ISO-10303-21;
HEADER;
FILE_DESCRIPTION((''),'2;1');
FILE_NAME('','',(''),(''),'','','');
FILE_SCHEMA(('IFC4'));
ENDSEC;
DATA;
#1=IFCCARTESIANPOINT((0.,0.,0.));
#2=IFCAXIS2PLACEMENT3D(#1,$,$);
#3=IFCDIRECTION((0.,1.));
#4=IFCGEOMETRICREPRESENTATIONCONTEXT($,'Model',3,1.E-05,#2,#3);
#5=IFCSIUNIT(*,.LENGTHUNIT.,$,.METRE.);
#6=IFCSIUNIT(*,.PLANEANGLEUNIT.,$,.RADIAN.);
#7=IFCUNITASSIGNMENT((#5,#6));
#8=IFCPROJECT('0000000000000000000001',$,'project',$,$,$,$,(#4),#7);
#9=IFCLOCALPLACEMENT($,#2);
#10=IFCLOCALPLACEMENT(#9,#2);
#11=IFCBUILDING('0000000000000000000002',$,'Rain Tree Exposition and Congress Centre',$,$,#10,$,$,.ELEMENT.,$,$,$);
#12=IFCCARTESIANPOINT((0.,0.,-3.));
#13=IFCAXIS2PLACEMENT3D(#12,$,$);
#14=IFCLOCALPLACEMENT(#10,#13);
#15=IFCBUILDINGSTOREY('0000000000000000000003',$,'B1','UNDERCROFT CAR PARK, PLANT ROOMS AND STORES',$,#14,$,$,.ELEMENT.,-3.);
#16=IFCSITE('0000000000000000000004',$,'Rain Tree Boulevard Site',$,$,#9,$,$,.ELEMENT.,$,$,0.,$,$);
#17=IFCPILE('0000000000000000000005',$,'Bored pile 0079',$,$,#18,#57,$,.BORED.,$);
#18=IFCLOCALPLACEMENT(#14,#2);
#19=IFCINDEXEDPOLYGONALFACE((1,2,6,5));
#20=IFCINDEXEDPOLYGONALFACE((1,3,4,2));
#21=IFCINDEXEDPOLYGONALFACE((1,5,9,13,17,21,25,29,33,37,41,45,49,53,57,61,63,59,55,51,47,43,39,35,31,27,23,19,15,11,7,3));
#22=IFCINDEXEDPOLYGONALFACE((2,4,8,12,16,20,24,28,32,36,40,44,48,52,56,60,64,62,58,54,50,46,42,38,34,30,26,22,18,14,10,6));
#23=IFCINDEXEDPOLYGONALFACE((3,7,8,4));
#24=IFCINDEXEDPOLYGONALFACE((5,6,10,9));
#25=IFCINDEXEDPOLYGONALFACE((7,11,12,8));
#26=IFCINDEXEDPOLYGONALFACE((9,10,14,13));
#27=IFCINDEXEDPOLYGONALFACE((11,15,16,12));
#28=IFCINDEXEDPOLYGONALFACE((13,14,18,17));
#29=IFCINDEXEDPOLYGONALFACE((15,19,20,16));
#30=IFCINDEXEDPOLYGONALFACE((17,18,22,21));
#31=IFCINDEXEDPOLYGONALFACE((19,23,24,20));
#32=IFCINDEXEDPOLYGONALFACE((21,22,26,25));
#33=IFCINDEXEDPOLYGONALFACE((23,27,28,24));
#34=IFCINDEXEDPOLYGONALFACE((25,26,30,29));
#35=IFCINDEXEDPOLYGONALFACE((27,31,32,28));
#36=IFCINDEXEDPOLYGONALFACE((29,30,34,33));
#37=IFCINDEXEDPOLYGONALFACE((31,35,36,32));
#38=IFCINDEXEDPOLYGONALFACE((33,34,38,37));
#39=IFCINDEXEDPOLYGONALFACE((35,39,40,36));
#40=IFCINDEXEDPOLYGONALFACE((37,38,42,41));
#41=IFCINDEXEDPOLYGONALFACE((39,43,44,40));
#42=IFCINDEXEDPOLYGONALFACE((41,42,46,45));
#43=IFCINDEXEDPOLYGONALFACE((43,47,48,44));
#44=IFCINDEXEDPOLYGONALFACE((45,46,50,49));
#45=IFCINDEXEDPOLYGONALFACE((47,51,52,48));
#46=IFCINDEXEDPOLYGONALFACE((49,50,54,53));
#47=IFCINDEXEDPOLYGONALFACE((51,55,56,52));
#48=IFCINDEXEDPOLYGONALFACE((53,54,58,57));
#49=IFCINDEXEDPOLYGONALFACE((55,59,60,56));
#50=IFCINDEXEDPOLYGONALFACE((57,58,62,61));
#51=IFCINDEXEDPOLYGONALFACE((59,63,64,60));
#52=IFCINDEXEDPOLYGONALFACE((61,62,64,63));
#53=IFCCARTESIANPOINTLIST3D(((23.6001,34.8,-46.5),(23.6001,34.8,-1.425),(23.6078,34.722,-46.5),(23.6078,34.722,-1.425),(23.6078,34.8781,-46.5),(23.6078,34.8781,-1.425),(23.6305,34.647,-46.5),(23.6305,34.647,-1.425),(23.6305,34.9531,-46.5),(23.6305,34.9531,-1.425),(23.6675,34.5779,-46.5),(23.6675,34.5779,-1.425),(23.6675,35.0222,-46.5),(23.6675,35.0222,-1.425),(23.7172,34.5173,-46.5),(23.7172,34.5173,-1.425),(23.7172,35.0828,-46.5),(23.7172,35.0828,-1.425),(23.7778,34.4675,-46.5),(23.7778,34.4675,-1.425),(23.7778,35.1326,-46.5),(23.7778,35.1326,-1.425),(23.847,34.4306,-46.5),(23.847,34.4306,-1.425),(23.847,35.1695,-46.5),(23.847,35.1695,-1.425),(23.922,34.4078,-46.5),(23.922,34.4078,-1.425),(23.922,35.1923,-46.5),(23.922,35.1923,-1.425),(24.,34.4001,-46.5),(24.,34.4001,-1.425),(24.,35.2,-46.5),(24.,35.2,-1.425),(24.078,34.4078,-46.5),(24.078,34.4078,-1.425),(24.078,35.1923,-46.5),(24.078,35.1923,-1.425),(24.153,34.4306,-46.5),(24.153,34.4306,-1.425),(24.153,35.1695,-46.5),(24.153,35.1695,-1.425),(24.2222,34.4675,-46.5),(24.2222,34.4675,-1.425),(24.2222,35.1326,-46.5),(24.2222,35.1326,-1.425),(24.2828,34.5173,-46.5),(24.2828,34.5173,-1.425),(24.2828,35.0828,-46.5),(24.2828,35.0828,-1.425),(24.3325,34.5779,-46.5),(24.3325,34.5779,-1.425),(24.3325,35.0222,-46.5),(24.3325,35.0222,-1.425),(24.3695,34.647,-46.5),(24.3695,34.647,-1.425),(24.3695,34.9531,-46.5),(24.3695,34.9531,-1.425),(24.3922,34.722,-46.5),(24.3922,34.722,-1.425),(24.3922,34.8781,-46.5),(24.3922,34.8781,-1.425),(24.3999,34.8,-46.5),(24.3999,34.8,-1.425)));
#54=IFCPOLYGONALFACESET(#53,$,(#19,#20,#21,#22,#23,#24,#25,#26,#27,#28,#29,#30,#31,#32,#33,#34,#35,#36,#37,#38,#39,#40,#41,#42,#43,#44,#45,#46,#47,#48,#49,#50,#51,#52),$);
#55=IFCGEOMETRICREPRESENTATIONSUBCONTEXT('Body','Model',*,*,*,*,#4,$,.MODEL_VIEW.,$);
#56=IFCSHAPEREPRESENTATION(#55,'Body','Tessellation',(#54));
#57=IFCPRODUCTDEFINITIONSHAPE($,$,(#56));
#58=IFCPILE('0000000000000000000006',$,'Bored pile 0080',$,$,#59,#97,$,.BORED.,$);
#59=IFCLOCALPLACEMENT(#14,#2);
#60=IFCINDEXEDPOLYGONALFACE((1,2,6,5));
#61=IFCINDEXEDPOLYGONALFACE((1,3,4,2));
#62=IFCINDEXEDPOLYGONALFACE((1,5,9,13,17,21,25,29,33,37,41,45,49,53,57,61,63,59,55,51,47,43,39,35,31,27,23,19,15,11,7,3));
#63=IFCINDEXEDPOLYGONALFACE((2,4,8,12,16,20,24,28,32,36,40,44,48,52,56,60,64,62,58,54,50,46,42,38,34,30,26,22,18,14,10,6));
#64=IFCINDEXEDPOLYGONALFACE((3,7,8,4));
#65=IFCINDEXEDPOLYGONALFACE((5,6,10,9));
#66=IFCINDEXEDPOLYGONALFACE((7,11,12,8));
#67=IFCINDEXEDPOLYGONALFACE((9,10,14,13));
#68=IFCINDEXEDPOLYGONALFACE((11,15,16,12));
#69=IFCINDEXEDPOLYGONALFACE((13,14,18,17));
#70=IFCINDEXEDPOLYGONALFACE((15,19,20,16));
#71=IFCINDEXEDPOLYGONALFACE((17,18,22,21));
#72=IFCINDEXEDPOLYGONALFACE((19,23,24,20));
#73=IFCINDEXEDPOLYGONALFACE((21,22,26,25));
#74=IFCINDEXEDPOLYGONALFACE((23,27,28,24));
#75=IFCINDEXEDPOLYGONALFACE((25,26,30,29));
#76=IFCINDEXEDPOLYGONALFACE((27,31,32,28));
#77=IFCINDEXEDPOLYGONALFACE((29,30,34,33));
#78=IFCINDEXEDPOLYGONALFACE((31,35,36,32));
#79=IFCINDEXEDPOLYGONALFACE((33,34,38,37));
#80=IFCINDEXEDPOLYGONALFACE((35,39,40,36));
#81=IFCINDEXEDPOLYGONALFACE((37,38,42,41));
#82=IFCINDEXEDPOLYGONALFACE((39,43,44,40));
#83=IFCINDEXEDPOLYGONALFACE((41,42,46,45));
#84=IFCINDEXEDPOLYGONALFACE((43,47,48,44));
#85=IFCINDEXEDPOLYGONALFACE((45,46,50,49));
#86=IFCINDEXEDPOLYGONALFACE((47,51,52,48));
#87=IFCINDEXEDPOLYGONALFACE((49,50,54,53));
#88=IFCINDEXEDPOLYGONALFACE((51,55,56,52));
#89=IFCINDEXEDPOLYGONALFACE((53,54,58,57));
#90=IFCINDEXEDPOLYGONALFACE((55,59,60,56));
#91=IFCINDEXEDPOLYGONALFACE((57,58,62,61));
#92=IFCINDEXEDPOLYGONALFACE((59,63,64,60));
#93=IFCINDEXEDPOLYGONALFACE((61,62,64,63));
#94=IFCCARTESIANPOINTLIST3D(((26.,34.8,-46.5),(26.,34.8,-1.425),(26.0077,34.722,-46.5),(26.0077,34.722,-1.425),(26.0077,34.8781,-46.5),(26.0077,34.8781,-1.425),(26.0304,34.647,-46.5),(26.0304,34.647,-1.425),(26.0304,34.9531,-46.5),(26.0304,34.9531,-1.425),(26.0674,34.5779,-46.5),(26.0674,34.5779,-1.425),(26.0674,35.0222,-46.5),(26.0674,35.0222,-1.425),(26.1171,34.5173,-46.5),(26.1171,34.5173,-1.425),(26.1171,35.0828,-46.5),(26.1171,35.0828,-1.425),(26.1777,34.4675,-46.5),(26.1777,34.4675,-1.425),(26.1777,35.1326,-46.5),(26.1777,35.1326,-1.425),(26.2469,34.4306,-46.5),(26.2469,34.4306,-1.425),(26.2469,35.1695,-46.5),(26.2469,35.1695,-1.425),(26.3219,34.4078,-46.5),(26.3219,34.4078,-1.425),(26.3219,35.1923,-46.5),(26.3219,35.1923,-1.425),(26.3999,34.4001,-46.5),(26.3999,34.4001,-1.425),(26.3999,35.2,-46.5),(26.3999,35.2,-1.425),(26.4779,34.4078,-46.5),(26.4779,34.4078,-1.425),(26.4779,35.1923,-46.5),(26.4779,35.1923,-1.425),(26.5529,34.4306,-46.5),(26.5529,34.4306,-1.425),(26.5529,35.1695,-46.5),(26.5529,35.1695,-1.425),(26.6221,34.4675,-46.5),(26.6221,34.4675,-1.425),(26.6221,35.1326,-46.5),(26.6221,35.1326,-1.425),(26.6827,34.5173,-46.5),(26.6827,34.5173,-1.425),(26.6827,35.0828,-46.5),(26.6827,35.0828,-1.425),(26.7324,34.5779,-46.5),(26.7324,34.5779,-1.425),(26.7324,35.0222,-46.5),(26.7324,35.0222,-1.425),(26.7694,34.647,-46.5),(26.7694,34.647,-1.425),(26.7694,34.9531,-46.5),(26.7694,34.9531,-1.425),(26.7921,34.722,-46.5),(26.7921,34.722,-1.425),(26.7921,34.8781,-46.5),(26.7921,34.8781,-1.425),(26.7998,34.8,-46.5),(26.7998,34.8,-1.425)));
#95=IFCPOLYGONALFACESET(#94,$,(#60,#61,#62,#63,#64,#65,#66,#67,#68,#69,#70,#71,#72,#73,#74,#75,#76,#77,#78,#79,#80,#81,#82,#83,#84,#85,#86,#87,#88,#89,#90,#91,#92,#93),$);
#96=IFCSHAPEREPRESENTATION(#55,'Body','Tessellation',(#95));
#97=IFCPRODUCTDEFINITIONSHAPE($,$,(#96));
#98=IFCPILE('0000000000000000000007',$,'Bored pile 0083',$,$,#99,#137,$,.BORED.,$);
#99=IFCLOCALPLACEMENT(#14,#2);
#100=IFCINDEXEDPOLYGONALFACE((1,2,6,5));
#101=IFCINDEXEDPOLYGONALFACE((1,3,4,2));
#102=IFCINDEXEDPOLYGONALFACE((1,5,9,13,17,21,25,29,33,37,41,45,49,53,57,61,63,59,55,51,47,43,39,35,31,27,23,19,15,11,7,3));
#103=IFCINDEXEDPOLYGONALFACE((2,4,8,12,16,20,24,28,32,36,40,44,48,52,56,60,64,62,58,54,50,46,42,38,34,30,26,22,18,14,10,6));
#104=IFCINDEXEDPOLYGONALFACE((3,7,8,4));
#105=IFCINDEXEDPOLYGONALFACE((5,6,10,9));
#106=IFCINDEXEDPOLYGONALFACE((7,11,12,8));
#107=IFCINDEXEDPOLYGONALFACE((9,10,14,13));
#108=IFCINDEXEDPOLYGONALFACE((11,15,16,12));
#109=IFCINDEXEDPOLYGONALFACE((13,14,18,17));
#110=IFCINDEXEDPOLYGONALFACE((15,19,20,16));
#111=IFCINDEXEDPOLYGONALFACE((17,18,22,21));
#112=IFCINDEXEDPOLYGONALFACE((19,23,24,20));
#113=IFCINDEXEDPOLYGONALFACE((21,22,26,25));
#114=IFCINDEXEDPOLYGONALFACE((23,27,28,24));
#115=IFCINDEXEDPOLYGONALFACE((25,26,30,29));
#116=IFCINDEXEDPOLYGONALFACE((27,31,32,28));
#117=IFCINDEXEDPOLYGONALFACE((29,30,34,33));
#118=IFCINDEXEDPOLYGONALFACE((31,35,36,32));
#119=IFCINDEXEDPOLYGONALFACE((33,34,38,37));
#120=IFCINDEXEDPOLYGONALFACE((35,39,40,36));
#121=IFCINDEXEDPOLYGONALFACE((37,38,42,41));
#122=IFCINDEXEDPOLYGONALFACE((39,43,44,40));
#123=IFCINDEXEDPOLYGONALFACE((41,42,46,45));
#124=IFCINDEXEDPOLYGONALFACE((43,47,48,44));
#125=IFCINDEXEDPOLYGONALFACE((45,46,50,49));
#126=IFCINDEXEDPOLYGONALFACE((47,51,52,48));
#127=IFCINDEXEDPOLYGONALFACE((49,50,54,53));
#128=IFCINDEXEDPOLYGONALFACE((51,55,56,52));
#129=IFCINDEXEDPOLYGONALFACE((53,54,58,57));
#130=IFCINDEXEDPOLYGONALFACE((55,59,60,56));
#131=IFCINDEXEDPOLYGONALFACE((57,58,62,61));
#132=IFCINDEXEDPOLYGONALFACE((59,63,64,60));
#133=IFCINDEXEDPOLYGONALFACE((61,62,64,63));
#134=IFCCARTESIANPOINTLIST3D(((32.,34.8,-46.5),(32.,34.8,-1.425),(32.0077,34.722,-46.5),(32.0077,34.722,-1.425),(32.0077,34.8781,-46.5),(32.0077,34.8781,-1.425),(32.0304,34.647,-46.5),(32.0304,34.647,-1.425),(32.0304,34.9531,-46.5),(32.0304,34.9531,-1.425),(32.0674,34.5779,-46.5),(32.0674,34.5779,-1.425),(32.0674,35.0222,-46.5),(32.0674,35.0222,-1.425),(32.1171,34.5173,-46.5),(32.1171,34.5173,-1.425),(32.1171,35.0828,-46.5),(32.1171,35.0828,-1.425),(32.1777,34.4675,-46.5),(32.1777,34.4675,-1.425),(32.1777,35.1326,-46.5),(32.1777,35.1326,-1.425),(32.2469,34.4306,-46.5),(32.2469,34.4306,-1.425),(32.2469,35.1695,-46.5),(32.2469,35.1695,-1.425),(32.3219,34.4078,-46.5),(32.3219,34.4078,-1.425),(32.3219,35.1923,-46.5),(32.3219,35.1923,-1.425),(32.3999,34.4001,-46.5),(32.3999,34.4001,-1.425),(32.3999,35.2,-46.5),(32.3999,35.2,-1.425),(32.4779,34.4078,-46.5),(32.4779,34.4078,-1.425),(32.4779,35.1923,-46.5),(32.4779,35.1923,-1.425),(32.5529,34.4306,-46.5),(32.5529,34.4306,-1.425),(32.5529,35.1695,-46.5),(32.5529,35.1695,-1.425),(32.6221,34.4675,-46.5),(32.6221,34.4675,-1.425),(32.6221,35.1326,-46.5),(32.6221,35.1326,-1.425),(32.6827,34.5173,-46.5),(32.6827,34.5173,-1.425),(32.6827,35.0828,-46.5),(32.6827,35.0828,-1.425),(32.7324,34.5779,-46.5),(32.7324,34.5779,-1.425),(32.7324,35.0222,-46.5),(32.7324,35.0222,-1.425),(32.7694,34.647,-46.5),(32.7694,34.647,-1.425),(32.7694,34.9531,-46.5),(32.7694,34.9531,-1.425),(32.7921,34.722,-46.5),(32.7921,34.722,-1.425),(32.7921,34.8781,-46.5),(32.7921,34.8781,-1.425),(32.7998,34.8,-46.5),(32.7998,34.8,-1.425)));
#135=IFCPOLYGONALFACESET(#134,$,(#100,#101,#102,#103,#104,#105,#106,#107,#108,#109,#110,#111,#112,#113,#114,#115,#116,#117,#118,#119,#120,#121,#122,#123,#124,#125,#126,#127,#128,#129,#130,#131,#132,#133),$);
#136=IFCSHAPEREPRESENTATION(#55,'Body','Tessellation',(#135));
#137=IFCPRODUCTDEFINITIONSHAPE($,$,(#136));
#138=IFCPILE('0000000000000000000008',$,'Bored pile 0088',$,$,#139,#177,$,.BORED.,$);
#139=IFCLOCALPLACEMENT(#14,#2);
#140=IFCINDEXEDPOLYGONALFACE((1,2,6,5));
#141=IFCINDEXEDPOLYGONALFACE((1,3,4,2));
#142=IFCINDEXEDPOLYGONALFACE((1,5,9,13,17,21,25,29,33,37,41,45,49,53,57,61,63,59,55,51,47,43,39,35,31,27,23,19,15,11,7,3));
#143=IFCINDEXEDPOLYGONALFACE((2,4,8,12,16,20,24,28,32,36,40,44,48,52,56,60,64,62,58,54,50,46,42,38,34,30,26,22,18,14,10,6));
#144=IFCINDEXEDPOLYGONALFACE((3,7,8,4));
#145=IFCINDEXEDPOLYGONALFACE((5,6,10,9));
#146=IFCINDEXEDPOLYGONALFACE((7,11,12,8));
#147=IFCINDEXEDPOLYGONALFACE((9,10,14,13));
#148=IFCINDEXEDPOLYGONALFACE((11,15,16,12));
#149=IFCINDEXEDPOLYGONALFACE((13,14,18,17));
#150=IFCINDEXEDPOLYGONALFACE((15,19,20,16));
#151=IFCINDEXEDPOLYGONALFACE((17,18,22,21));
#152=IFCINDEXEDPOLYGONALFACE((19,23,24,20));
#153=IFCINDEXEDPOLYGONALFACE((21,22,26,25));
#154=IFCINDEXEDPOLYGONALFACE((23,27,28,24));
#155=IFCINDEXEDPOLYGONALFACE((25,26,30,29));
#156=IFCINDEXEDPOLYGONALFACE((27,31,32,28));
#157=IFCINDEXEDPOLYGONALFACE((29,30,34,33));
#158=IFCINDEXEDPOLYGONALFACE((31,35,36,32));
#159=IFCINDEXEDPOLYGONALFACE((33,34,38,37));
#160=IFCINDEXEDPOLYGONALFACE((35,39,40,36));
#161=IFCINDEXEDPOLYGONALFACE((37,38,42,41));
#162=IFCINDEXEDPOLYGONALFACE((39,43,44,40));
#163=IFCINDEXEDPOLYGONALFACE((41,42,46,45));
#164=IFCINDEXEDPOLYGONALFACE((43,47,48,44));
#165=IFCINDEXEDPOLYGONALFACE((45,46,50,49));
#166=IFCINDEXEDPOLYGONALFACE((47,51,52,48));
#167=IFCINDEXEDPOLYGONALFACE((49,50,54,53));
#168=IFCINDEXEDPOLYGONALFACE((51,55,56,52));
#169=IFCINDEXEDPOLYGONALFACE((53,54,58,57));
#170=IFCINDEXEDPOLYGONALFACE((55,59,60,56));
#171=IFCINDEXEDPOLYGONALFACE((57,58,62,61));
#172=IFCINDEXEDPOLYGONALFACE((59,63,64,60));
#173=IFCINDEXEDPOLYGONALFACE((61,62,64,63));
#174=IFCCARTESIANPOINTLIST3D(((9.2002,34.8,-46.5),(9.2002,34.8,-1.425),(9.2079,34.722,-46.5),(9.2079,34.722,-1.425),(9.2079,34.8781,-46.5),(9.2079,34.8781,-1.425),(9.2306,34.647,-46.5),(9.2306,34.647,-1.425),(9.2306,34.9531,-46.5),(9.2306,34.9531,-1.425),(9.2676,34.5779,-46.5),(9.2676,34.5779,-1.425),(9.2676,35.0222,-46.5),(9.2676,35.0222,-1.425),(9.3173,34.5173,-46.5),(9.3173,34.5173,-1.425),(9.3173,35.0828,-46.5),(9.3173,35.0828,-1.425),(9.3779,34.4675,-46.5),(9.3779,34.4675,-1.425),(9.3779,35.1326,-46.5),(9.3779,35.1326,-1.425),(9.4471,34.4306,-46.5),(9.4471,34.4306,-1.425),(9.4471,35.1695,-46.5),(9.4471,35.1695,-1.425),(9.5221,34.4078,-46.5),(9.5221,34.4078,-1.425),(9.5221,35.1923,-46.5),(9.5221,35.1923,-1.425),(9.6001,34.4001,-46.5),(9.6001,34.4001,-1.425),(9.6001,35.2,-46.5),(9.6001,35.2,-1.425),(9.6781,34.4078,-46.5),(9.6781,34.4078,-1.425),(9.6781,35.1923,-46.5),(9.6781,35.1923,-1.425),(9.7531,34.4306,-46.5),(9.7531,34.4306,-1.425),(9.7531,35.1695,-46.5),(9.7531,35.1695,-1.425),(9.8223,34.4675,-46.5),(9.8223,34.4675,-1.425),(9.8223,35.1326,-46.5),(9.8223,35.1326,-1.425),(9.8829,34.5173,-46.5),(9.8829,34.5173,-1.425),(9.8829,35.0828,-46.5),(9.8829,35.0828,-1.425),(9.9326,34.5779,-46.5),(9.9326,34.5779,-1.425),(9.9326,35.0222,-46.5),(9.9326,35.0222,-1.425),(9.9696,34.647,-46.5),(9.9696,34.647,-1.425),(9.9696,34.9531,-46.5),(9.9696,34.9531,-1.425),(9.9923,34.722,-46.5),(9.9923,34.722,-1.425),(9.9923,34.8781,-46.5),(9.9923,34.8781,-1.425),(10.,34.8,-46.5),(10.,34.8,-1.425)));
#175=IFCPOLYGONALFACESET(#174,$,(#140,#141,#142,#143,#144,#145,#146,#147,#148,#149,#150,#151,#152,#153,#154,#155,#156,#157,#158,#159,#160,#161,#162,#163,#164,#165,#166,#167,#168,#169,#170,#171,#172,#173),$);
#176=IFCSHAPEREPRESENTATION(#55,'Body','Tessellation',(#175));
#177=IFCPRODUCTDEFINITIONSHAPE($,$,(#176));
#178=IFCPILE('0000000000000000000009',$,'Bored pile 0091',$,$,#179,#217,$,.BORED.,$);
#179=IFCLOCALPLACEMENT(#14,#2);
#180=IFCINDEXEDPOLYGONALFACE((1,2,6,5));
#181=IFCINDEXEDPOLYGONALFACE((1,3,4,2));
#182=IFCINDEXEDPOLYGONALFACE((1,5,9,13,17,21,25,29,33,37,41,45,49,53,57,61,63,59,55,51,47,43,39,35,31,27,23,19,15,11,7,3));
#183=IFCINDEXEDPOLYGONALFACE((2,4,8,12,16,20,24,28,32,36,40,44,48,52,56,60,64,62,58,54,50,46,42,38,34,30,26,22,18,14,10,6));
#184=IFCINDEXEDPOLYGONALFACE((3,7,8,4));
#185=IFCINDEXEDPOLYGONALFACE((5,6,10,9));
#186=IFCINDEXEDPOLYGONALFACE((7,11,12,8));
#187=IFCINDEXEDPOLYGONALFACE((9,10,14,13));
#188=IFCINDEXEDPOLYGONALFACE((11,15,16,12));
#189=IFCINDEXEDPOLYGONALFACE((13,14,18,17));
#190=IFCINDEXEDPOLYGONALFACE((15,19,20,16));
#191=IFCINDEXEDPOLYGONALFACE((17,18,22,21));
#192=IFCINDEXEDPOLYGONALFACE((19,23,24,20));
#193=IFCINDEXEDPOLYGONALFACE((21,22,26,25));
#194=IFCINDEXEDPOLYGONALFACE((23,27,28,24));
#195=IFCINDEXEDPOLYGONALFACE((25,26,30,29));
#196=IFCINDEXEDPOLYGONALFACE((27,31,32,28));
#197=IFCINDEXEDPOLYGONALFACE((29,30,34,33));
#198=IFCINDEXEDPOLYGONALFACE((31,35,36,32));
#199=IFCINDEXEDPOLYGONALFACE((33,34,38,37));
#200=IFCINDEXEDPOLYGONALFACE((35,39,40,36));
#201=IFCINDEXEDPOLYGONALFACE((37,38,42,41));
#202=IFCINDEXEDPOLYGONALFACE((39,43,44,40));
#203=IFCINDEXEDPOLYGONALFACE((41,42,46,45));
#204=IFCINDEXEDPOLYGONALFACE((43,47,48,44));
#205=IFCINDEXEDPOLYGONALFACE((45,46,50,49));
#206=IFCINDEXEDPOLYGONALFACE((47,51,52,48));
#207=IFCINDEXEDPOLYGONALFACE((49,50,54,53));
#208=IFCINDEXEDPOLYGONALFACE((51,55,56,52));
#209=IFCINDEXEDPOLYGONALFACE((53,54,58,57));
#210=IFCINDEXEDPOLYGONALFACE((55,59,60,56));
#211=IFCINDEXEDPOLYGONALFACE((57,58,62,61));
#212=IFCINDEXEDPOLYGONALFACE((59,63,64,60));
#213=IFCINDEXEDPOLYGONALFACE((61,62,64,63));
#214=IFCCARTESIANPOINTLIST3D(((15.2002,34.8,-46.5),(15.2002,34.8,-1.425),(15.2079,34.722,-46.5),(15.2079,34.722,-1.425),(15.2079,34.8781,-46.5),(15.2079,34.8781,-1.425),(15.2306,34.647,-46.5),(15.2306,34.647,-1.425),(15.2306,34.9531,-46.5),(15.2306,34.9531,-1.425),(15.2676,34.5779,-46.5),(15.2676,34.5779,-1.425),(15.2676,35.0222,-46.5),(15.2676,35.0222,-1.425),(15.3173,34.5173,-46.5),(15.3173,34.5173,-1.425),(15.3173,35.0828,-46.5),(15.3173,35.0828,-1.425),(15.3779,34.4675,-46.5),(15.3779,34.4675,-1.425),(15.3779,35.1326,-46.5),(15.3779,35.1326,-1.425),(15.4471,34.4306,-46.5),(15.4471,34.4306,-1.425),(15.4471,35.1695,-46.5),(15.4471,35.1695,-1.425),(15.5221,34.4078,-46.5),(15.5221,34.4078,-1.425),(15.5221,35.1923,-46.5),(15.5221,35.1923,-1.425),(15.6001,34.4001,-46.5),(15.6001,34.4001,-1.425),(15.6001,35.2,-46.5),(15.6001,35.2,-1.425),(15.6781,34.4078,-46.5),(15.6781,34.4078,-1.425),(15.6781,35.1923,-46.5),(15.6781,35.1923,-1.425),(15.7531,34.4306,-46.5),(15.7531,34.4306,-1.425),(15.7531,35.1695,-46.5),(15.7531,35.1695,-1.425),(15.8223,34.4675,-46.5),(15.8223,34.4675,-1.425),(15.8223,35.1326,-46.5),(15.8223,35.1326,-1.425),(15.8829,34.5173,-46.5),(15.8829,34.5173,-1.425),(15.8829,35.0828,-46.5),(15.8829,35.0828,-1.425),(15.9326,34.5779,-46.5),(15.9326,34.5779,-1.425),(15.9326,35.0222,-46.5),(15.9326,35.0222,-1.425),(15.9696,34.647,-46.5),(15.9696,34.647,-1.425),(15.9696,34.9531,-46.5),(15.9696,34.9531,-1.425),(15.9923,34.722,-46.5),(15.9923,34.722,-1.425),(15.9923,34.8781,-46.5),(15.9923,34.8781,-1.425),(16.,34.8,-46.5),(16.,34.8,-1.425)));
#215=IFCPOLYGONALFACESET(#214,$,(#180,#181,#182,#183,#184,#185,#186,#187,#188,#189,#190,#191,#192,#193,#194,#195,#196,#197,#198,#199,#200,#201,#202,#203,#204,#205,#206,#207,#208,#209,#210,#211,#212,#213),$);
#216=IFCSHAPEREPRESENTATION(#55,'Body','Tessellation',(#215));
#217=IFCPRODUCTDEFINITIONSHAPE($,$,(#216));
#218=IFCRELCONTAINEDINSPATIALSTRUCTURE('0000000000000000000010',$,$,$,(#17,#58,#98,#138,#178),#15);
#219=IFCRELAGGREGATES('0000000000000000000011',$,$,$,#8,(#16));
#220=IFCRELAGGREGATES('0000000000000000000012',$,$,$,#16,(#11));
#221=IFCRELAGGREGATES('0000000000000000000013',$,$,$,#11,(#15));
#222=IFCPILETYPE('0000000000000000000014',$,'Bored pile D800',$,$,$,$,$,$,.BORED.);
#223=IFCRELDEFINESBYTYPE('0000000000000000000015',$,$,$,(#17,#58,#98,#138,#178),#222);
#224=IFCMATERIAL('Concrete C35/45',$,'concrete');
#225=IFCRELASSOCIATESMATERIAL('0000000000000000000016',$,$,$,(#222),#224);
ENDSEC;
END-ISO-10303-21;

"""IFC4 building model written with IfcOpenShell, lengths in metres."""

from ifc_helpers import new_model, si_unit, direction, frame, origin, origin_2d, place, context, subcontext, project, spatial, circle, extrude, material, material_profile, profile_set, type_object, element, save


model = new_model("IFC4")

# Units and contexts
model_context = context("Model", 3, precision=1e-05, world=origin(), true_north=direction((0.0, 1.0)))
body_context = subcontext(model_context, "Body", "Model", "MODEL_VIEW")
ifc_project = project(units=[si_unit("LENGTHUNIT", "METRE"), si_unit("PLANEANGLEUNIT", "RADIAN")], contexts=[model_context])

# Site, building, storey
site_placement = place(None, origin())
site = spatial("IfcSite", under=ifc_project, at=site_placement, Name="Rain Tree Boulevard Site", CompositionType="ELEMENT", RefElevation=0.0)
building_placement = place(site_placement, origin())
building = spatial("IfcBuilding", under=site, at=building_placement, Name="Rain Tree Exposition and Congress Centre", CompositionType="ELEMENT")
storey_placement = place(building_placement, frame((0.0, 0.0, -3.0)))
storey = spatial("IfcBuildingStorey", under=building, at=storey_placement, Name="B1", Description="UNDERCROFT CAR PARK, PLANT ROOMS AND STORES", CompositionType="ELEMENT", Elevation=-3.0)

# Piles
ifc_material_1 = material(Name="Concrete C35/45", Category="concrete")
ifc_material_profile_1 = material_profile(ifc_material_1, circle(Radius=0.3999, at=origin_2d()), Name="D800")
ifc_profile_set_1 = profile_set([ifc_material_profile_1], Name="Concrete C35/45")
pile_type = type_object("IfcPileType", Name="Bored pile D800", PredefinedType="BORED", material=ifc_profile_set_1)
for number, where, z_axis, x_axis, name in (
    (1, (24.0, 34.8, -1.425), (0.0, 0.0, -1.0), (1.0, 0.0, 0.0), "Bored pile 0079"),
    (2, (26.3999, 34.8, -1.425), (0.0, 0.0, -1.0), (1.0, 0.0, 0.0), "Bored pile 0080"),
    (3, (32.3999, 34.8, -1.425), (0.0, 0.0, -1.0), (1.0, 0.0, 0.0), "Bored pile 0083"),
    (4, (9.6001, 34.8, -1.425), (0.0, 0.0, -1.0), (1.0, 0.0, 0.0), "Bored pile 0088"),
    (5, (15.6001, 34.8, -1.425), (0.0, 0.0, -1.0), (1.0, 0.0, 0.0), "Bored pile 0091"),
):
    element("IfcPile", number, at=place(storey_placement, frame(where, z_axis=z_axis, x_axis=x_axis)), inside=storey, type_object=pile_type, Name=name, PredefinedType="BORED", context=body_context, shape_type="SweptSolid", body=[
        extrude(circle(Radius=0.3999, at=origin_2d()), origin(), (0.0, 0.0, 1.0), 45.075),
    ])

save(model, "model.ifc")
